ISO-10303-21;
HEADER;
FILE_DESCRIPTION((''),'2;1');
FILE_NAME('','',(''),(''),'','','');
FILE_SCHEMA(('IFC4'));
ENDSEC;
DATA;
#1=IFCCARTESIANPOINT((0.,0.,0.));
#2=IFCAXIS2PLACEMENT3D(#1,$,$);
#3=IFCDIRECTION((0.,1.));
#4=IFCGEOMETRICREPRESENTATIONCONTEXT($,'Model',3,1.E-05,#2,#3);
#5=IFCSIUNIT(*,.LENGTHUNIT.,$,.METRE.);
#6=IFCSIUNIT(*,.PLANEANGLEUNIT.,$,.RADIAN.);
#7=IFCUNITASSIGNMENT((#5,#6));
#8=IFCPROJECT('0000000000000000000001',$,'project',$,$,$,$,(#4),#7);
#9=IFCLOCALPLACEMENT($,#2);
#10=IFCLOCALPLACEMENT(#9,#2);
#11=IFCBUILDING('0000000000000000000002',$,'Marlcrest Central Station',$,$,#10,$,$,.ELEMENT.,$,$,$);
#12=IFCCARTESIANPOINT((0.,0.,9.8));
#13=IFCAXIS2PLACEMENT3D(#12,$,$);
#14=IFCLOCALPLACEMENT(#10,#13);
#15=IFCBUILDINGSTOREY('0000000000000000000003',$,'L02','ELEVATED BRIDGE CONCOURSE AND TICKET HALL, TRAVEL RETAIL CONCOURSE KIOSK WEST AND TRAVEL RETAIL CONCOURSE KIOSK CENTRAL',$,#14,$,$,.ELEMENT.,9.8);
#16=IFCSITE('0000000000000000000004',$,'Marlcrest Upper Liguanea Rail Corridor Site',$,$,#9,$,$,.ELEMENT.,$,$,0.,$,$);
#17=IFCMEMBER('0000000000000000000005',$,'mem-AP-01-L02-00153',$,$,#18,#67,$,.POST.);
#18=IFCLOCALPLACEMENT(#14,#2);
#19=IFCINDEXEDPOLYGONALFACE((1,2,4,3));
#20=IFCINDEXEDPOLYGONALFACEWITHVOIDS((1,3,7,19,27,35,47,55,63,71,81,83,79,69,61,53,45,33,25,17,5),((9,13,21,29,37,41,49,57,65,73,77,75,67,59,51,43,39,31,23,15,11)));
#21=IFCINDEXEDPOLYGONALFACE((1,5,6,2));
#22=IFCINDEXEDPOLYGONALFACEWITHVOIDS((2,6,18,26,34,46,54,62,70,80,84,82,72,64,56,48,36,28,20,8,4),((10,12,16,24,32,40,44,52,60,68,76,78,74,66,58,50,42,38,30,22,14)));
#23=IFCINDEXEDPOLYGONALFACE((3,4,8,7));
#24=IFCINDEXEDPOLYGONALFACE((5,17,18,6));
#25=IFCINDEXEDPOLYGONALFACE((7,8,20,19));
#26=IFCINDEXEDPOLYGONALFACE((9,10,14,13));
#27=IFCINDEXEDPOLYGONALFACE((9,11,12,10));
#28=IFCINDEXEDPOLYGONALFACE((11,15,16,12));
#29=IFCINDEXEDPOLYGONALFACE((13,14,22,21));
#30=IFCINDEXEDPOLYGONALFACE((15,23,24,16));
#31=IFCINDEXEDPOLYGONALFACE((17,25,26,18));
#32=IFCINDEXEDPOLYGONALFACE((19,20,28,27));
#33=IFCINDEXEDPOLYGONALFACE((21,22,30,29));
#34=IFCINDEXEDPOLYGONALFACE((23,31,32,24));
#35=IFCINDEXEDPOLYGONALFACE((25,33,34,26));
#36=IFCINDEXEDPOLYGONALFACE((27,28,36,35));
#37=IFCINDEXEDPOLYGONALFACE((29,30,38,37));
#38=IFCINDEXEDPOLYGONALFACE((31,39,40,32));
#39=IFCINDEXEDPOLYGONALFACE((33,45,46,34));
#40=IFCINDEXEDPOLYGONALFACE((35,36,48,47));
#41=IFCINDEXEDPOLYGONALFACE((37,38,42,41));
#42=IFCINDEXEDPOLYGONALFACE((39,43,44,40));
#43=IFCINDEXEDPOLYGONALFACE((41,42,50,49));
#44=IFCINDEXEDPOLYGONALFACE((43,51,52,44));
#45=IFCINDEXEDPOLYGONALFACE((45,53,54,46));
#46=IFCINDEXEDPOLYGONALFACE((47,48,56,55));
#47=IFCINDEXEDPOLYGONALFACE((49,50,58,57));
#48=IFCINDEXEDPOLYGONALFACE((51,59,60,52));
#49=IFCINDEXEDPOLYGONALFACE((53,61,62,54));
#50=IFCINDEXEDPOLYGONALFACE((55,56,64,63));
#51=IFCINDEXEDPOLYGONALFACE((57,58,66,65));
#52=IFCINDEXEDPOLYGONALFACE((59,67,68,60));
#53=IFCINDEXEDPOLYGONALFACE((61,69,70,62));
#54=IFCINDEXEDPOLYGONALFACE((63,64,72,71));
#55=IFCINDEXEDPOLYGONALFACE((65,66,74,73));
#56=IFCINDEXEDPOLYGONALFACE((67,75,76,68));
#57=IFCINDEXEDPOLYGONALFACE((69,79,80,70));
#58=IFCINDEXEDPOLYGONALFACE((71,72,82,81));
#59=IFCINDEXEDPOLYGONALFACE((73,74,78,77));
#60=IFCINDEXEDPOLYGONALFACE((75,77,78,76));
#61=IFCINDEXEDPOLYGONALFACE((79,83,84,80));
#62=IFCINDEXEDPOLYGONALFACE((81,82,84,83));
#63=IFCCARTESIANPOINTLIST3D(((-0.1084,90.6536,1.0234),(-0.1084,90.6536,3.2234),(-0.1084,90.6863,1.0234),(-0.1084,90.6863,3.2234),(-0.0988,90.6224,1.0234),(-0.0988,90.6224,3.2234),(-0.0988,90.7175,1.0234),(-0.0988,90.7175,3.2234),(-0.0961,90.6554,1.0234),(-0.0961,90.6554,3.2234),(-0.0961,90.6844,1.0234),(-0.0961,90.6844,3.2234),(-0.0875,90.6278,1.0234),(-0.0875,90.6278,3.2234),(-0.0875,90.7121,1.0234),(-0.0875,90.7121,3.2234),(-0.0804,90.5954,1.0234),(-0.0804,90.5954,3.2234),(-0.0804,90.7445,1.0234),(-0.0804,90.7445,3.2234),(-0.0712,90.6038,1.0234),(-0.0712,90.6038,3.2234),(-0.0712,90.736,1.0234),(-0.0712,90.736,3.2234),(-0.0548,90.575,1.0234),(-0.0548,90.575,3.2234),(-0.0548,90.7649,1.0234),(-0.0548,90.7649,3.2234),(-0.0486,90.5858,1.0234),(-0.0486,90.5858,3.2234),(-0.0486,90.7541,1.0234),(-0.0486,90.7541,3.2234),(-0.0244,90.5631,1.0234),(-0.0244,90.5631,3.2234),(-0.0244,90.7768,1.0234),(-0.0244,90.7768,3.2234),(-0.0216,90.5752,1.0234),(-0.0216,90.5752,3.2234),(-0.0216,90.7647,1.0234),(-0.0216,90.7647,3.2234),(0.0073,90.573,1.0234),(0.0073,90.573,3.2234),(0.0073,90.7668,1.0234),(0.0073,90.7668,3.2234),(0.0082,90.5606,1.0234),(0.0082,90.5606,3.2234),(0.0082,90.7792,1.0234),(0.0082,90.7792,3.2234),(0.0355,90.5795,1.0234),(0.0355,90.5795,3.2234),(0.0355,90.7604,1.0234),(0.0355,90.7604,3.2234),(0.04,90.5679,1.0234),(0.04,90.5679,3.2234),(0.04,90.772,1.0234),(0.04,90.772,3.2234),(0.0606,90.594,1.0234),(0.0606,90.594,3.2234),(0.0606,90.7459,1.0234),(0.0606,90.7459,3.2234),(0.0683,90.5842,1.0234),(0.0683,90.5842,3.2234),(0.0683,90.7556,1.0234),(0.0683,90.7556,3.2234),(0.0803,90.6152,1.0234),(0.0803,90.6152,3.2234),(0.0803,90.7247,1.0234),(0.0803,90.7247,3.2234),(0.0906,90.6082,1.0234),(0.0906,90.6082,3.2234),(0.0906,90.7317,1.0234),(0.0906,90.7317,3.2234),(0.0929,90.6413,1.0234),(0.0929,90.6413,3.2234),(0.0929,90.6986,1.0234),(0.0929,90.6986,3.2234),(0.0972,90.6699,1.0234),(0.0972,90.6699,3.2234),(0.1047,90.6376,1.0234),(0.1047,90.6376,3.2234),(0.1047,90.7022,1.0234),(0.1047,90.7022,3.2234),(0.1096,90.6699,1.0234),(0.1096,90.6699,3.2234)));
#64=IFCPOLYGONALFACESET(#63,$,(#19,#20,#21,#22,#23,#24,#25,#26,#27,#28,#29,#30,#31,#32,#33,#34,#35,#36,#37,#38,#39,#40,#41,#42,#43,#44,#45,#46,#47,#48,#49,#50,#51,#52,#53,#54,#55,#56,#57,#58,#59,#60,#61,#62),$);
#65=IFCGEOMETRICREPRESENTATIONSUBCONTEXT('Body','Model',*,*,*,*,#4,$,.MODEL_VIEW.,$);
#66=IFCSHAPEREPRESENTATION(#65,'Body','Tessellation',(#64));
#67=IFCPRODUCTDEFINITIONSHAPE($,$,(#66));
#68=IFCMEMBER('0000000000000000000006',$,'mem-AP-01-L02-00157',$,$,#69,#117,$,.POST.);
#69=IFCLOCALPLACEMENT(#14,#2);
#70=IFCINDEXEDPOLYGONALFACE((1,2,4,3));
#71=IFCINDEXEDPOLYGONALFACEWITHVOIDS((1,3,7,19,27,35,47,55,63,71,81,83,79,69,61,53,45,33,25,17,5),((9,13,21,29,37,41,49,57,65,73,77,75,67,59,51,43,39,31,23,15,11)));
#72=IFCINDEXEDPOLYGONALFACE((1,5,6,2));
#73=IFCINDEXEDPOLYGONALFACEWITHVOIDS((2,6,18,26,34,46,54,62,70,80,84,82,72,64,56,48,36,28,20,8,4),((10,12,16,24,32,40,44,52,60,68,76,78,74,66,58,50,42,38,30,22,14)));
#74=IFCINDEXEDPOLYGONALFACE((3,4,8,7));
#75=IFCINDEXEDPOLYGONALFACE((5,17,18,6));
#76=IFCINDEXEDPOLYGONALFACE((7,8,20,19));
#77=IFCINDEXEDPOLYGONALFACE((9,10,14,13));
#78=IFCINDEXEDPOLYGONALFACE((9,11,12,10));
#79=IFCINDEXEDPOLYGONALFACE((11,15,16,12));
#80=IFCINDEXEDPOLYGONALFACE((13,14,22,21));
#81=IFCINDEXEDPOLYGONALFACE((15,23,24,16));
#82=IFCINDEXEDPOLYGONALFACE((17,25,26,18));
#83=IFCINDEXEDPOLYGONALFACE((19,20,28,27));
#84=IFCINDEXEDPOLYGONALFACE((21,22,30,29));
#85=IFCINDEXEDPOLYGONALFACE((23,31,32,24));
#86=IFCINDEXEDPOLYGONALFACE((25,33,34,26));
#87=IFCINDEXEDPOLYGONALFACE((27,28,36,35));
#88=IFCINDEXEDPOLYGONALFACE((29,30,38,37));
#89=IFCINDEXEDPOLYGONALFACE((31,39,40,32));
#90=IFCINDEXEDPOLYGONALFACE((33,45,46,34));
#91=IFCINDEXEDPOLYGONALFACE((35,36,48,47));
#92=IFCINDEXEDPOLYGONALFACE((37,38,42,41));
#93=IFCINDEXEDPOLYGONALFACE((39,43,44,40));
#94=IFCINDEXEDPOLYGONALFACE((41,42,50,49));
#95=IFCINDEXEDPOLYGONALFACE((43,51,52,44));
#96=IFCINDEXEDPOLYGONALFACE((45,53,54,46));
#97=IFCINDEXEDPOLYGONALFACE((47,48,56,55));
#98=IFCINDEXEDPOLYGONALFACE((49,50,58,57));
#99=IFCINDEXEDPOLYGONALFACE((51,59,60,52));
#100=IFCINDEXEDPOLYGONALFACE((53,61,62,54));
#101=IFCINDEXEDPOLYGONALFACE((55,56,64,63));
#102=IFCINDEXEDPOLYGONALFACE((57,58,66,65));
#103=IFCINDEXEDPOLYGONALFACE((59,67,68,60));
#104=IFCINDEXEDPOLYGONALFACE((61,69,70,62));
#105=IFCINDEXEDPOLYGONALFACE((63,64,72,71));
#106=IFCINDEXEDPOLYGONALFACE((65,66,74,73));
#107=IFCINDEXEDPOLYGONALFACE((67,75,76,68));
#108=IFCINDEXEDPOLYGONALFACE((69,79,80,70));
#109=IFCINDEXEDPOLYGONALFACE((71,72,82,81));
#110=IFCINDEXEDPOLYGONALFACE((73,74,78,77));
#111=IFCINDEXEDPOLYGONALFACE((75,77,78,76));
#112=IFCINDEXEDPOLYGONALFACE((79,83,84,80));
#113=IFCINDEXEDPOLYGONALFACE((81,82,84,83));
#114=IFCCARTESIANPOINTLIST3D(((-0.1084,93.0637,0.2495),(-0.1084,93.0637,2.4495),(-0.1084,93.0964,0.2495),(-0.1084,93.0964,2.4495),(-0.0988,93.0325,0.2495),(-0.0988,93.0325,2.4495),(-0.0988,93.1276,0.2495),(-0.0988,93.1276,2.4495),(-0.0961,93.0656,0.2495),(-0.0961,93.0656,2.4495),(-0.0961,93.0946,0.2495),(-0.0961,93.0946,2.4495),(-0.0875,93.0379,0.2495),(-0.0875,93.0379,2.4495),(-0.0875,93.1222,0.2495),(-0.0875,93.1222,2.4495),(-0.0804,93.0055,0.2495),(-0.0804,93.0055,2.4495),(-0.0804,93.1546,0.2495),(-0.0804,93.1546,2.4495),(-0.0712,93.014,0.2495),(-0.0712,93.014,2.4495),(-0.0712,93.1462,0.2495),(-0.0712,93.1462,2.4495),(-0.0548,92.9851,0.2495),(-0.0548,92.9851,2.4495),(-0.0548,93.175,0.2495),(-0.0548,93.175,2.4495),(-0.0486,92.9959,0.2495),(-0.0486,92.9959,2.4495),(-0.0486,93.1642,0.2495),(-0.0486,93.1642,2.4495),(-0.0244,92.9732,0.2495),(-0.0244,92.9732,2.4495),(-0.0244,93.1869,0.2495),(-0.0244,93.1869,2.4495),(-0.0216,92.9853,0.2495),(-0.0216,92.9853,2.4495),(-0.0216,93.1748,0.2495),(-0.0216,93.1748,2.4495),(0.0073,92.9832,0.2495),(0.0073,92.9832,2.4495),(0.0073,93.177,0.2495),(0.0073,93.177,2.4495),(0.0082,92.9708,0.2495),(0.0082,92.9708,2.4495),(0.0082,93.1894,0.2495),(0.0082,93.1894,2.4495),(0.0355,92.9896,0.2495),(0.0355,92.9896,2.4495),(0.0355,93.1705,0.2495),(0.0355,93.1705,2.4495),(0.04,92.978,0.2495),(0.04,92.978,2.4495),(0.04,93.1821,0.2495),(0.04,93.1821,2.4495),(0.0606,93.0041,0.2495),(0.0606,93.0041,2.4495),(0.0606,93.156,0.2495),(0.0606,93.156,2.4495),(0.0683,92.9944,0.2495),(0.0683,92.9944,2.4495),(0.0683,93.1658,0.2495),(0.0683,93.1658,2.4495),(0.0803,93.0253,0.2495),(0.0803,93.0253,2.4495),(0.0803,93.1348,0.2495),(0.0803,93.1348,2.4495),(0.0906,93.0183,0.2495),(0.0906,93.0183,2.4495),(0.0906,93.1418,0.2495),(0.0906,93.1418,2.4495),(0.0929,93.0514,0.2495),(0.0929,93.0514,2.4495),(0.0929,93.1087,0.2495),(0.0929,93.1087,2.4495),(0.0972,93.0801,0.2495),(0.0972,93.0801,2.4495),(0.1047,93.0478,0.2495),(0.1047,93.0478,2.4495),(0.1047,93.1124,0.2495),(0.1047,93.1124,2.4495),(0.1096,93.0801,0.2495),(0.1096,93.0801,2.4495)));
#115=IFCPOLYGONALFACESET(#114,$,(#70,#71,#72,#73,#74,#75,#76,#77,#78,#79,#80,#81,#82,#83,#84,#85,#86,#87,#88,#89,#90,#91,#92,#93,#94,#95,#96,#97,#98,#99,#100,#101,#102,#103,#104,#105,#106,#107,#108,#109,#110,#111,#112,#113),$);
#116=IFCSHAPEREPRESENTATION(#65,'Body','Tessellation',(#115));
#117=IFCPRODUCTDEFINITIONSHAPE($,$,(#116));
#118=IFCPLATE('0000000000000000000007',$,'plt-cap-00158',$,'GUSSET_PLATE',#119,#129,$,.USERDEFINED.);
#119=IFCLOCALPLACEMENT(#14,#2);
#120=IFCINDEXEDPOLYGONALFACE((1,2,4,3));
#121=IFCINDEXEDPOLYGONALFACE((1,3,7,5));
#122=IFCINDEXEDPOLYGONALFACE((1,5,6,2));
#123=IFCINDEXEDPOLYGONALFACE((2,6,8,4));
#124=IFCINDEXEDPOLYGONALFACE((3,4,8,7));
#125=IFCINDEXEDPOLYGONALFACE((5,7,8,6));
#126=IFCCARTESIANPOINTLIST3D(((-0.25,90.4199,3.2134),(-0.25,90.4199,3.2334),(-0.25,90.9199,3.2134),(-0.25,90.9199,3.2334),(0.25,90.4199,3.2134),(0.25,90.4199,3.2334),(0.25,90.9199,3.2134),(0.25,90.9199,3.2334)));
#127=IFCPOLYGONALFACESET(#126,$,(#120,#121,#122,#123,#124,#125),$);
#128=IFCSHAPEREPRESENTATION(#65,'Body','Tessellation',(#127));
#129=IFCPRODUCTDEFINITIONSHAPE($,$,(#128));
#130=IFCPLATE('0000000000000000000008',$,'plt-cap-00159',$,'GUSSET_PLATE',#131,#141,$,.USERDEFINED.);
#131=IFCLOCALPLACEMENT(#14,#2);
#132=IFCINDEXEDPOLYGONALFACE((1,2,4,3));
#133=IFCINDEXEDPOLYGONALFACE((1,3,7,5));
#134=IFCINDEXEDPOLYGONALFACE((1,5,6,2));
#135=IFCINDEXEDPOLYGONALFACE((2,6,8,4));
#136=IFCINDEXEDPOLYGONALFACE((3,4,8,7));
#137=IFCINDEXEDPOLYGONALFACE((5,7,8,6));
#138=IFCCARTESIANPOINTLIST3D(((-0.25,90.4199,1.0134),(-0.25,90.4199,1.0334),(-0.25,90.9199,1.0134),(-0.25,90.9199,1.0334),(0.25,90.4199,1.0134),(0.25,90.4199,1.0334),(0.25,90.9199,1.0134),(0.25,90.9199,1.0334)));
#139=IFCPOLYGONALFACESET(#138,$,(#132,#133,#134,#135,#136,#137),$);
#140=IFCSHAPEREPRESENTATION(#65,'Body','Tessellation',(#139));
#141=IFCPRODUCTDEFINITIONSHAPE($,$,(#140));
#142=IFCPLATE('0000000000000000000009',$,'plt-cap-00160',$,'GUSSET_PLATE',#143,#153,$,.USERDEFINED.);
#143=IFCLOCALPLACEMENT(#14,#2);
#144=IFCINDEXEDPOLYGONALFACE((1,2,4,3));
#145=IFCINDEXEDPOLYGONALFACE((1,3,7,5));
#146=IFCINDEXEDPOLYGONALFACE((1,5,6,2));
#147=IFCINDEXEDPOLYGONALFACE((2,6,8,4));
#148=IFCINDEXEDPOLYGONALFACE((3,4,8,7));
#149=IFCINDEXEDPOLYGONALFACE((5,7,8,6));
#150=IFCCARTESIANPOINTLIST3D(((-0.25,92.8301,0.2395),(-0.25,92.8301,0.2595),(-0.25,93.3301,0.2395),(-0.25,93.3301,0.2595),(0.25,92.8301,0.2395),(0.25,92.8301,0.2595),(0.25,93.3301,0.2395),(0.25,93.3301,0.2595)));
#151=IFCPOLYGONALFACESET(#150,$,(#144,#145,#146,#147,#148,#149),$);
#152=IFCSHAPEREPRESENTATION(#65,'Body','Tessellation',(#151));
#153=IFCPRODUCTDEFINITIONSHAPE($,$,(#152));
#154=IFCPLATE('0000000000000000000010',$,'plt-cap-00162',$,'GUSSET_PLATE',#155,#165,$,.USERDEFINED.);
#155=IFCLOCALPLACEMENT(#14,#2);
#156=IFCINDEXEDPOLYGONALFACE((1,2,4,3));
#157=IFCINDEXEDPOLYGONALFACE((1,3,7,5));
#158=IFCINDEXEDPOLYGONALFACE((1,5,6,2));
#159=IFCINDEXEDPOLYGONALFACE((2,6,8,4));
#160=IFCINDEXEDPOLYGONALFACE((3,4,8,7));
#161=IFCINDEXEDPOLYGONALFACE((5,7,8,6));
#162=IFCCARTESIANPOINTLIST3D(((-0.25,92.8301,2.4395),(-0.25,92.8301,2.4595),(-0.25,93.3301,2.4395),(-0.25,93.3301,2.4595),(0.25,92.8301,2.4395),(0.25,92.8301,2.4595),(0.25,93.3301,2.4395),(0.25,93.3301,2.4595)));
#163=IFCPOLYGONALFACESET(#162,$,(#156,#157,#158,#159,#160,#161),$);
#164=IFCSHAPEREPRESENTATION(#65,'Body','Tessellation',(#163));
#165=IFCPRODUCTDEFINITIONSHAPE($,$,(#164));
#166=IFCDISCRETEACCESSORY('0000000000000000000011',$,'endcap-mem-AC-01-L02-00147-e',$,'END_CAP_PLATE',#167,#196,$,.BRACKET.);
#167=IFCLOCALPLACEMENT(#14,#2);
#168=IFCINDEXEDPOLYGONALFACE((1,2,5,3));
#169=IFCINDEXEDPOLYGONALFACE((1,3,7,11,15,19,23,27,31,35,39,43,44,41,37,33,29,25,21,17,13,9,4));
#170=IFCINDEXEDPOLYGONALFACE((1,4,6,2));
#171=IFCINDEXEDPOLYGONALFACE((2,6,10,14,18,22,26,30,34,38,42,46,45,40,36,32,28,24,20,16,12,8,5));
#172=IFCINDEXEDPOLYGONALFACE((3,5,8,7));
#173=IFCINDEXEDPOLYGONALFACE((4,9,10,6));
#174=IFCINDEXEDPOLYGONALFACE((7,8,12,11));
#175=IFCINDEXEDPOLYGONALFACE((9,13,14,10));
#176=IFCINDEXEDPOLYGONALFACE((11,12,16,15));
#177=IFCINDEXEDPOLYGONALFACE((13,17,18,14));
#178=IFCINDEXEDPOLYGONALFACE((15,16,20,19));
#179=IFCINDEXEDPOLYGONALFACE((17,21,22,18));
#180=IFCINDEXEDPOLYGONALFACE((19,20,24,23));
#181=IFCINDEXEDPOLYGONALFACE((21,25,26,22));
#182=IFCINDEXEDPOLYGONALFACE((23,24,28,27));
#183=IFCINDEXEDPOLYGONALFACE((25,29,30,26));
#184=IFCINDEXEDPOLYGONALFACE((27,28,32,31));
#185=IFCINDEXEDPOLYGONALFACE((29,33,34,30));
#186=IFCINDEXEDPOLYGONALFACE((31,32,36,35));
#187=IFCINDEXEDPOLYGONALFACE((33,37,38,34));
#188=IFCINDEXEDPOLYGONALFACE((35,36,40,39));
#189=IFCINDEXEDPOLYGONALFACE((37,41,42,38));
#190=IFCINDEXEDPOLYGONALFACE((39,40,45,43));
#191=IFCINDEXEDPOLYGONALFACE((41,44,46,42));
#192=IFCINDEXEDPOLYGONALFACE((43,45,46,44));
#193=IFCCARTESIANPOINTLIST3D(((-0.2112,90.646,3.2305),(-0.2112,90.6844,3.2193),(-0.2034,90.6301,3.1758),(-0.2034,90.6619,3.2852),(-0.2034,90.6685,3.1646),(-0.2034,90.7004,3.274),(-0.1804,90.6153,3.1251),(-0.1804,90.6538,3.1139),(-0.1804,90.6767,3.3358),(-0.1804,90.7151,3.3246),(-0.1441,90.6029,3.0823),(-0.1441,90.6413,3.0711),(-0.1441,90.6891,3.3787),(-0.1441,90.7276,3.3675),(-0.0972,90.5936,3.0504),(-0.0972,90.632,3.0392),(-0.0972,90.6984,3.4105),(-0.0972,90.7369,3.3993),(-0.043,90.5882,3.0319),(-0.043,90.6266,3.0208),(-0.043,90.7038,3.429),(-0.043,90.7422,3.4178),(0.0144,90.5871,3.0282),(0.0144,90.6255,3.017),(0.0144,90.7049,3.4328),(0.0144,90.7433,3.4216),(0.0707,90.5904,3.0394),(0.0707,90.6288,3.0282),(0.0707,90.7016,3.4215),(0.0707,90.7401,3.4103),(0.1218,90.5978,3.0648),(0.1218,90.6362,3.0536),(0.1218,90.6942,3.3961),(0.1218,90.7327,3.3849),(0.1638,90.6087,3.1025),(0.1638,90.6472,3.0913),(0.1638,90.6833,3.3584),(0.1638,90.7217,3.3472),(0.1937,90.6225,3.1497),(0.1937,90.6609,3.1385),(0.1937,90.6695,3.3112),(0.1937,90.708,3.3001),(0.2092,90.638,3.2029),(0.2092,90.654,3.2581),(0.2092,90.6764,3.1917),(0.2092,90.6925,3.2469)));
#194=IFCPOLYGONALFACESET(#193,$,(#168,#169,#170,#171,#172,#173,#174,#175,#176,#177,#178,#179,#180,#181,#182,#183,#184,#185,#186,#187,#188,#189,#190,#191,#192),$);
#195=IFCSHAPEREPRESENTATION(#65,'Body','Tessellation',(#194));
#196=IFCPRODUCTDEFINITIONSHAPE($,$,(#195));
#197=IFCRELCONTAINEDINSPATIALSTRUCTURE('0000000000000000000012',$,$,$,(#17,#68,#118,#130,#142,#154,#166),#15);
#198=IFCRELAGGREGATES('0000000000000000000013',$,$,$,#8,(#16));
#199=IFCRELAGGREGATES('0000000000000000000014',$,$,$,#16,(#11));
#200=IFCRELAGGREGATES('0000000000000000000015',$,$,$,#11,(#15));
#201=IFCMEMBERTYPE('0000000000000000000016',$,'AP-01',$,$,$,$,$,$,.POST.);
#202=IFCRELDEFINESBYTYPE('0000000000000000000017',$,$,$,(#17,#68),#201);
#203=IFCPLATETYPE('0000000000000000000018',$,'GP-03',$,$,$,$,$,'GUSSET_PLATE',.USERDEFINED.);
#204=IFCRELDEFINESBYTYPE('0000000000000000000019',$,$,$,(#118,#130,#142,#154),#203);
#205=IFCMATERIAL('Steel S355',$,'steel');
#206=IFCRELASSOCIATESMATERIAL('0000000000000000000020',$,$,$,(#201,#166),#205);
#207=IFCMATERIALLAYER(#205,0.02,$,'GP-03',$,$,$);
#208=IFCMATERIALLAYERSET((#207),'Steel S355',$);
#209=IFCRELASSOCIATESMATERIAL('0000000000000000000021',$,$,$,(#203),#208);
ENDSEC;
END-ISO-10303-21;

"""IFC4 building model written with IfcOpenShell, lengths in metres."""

from ifc_helpers import new_model, si_unit, direction, frame, origin, origin_2d, place, context, subcontext, project, spatial, rectangle, circle, hollow_circle, extrude, material, layer, layer_set, material_profile, profile_set, type_object, element, save


model = new_model("IFC4")

# Units and contexts
model_context = context("Model", 3, precision=1e-05, world=origin(), true_north=direction((0.0, 1.0)))
body_context = subcontext(model_context, "Body", "Model", "MODEL_VIEW")
ifc_project = project(units=[si_unit("LENGTHUNIT", "METRE"), si_unit("PLANEANGLEUNIT", "RADIAN")], contexts=[model_context])

# Site, building, storey
site_placement = place(None, origin())
site = spatial("IfcSite", under=ifc_project, at=site_placement, Name="Marlcrest Upper Liguanea Rail Corridor Site", CompositionType="ELEMENT", RefElevation=0.0)
building_placement = place(site_placement, origin())
building = spatial("IfcBuilding", under=site, at=building_placement, Name="Marlcrest Central Station", CompositionType="ELEMENT")
storey_placement = place(building_placement, frame((0.0, 0.0, 9.8)))
storey = spatial("IfcBuildingStorey", under=building, at=storey_placement, Name="L02", Description="ELEVATED BRIDGE CONCOURSE AND TICKET HALL, TRAVEL RETAIL CONCOURSE KIOSK WEST AND TRAVEL RETAIL CONCOURSE KIOSK CENTRAL", CompositionType="ELEMENT", Elevation=9.8)

# Members
ifc_material = material(Name="Steel S355", Category="steel")
ifc_material_profile_1 = material_profile(ifc_material, hollow_circle(Radius=0.1096, WallThickness=0.0125, at=origin_2d()), Name="CHS 219.1x12.5")
ifc_profile_set_1 = profile_set([ifc_material_profile_1], Name="Steel S355")
member_type_1 = type_object("IfcMemberType", Name="AP-01", PredefinedType="POST", material=ifc_profile_set_1)
for number, where, z_axis, x_axis, name in (
    (1, (0.0, 90.6699, 1.0234), (0.0, 0.0, 1.0), (1.0, 0.0, 0.0), "mem-AP-01-L02-00153"),
    (2, (0.0, 93.0801, 0.2495), (0.0, 0.0, 1.0), (1.0, 0.0, 0.0), "mem-AP-01-L02-00157"),
):
    element("IfcMember", number, at=place(storey_placement, frame(where, z_axis=z_axis, x_axis=x_axis)), inside=storey, type_object=member_type_1, Name=name, PredefinedType="POST", context=body_context, shape_type="SweptSolid", body=[
        extrude(hollow_circle(Radius=0.1096, WallThickness=0.0125, at=origin_2d()), origin(), (0.0, 0.0, 1.0), 2.2),
    ])

# Plates
ifc_layer = layer(ifc_material, 0.02, Name="GP-03")
ifc_layer_set = layer_set([ifc_layer], Name="Steel S355")
plate_type = type_object("IfcPlateType", Name="GP-03", ElementType="GUSSET_PLATE", PredefinedType="USERDEFINED", material=ifc_layer_set)
for number, where, z_axis, x_axis, name in (
    (3, (0.0, 90.6699, 3.2134), (0.0, 0.0, 1.0), (1.0, 0.0, 0.0), "plt-cap-00158"),
    (4, (0.0, 90.6699, 1.0134), (0.0, 0.0, 1.0), (1.0, 0.0, 0.0), "plt-cap-00159"),
    (5, (0.0, 93.0801, 0.2395), (0.0, 0.0, 1.0), (1.0, 0.0, 0.0), "plt-cap-00160"),
    (6, (0.0, 93.0801, 2.4395), (0.0, 0.0, 1.0), (1.0, 0.0, 0.0), "plt-cap-00162"),
):
    element("IfcPlate", number, at=place(storey_placement, frame(where, z_axis=z_axis, x_axis=x_axis)), inside=storey, type_object=plate_type, Name=name, ObjectType="GUSSET_PLATE", PredefinedType="USERDEFINED", context=body_context, shape_type="SweptSolid", body=[
        extrude(rectangle(XDim=0.5, YDim=0.5, at=origin_2d()), origin(), (0.0, 0.0, 1.0), 0.02),
    ])

# Discrete accessory
discrete_accessory_1_placement = place(storey_placement, frame((0.0, 90.646, 3.2305), z_axis=(0.0, 0.96013, -0.279554), x_axis=(-1.0, 0.0, 0.0)))
element("IfcDiscreteAccessory", 7, at=discrete_accessory_1_placement, inside=storey, material=ifc_material, Name="endcap-mem-AC-01-L02-00147-e", ObjectType="END_CAP_PLATE", PredefinedType="BRACKET", context=body_context, shape_type="SweptSolid", body=[
    extrude(circle(Radius=0.2112, at=origin_2d()), origin(), (0.0, 0.0, 1.0), 0.04),
])

save(model, "model.ifc")
